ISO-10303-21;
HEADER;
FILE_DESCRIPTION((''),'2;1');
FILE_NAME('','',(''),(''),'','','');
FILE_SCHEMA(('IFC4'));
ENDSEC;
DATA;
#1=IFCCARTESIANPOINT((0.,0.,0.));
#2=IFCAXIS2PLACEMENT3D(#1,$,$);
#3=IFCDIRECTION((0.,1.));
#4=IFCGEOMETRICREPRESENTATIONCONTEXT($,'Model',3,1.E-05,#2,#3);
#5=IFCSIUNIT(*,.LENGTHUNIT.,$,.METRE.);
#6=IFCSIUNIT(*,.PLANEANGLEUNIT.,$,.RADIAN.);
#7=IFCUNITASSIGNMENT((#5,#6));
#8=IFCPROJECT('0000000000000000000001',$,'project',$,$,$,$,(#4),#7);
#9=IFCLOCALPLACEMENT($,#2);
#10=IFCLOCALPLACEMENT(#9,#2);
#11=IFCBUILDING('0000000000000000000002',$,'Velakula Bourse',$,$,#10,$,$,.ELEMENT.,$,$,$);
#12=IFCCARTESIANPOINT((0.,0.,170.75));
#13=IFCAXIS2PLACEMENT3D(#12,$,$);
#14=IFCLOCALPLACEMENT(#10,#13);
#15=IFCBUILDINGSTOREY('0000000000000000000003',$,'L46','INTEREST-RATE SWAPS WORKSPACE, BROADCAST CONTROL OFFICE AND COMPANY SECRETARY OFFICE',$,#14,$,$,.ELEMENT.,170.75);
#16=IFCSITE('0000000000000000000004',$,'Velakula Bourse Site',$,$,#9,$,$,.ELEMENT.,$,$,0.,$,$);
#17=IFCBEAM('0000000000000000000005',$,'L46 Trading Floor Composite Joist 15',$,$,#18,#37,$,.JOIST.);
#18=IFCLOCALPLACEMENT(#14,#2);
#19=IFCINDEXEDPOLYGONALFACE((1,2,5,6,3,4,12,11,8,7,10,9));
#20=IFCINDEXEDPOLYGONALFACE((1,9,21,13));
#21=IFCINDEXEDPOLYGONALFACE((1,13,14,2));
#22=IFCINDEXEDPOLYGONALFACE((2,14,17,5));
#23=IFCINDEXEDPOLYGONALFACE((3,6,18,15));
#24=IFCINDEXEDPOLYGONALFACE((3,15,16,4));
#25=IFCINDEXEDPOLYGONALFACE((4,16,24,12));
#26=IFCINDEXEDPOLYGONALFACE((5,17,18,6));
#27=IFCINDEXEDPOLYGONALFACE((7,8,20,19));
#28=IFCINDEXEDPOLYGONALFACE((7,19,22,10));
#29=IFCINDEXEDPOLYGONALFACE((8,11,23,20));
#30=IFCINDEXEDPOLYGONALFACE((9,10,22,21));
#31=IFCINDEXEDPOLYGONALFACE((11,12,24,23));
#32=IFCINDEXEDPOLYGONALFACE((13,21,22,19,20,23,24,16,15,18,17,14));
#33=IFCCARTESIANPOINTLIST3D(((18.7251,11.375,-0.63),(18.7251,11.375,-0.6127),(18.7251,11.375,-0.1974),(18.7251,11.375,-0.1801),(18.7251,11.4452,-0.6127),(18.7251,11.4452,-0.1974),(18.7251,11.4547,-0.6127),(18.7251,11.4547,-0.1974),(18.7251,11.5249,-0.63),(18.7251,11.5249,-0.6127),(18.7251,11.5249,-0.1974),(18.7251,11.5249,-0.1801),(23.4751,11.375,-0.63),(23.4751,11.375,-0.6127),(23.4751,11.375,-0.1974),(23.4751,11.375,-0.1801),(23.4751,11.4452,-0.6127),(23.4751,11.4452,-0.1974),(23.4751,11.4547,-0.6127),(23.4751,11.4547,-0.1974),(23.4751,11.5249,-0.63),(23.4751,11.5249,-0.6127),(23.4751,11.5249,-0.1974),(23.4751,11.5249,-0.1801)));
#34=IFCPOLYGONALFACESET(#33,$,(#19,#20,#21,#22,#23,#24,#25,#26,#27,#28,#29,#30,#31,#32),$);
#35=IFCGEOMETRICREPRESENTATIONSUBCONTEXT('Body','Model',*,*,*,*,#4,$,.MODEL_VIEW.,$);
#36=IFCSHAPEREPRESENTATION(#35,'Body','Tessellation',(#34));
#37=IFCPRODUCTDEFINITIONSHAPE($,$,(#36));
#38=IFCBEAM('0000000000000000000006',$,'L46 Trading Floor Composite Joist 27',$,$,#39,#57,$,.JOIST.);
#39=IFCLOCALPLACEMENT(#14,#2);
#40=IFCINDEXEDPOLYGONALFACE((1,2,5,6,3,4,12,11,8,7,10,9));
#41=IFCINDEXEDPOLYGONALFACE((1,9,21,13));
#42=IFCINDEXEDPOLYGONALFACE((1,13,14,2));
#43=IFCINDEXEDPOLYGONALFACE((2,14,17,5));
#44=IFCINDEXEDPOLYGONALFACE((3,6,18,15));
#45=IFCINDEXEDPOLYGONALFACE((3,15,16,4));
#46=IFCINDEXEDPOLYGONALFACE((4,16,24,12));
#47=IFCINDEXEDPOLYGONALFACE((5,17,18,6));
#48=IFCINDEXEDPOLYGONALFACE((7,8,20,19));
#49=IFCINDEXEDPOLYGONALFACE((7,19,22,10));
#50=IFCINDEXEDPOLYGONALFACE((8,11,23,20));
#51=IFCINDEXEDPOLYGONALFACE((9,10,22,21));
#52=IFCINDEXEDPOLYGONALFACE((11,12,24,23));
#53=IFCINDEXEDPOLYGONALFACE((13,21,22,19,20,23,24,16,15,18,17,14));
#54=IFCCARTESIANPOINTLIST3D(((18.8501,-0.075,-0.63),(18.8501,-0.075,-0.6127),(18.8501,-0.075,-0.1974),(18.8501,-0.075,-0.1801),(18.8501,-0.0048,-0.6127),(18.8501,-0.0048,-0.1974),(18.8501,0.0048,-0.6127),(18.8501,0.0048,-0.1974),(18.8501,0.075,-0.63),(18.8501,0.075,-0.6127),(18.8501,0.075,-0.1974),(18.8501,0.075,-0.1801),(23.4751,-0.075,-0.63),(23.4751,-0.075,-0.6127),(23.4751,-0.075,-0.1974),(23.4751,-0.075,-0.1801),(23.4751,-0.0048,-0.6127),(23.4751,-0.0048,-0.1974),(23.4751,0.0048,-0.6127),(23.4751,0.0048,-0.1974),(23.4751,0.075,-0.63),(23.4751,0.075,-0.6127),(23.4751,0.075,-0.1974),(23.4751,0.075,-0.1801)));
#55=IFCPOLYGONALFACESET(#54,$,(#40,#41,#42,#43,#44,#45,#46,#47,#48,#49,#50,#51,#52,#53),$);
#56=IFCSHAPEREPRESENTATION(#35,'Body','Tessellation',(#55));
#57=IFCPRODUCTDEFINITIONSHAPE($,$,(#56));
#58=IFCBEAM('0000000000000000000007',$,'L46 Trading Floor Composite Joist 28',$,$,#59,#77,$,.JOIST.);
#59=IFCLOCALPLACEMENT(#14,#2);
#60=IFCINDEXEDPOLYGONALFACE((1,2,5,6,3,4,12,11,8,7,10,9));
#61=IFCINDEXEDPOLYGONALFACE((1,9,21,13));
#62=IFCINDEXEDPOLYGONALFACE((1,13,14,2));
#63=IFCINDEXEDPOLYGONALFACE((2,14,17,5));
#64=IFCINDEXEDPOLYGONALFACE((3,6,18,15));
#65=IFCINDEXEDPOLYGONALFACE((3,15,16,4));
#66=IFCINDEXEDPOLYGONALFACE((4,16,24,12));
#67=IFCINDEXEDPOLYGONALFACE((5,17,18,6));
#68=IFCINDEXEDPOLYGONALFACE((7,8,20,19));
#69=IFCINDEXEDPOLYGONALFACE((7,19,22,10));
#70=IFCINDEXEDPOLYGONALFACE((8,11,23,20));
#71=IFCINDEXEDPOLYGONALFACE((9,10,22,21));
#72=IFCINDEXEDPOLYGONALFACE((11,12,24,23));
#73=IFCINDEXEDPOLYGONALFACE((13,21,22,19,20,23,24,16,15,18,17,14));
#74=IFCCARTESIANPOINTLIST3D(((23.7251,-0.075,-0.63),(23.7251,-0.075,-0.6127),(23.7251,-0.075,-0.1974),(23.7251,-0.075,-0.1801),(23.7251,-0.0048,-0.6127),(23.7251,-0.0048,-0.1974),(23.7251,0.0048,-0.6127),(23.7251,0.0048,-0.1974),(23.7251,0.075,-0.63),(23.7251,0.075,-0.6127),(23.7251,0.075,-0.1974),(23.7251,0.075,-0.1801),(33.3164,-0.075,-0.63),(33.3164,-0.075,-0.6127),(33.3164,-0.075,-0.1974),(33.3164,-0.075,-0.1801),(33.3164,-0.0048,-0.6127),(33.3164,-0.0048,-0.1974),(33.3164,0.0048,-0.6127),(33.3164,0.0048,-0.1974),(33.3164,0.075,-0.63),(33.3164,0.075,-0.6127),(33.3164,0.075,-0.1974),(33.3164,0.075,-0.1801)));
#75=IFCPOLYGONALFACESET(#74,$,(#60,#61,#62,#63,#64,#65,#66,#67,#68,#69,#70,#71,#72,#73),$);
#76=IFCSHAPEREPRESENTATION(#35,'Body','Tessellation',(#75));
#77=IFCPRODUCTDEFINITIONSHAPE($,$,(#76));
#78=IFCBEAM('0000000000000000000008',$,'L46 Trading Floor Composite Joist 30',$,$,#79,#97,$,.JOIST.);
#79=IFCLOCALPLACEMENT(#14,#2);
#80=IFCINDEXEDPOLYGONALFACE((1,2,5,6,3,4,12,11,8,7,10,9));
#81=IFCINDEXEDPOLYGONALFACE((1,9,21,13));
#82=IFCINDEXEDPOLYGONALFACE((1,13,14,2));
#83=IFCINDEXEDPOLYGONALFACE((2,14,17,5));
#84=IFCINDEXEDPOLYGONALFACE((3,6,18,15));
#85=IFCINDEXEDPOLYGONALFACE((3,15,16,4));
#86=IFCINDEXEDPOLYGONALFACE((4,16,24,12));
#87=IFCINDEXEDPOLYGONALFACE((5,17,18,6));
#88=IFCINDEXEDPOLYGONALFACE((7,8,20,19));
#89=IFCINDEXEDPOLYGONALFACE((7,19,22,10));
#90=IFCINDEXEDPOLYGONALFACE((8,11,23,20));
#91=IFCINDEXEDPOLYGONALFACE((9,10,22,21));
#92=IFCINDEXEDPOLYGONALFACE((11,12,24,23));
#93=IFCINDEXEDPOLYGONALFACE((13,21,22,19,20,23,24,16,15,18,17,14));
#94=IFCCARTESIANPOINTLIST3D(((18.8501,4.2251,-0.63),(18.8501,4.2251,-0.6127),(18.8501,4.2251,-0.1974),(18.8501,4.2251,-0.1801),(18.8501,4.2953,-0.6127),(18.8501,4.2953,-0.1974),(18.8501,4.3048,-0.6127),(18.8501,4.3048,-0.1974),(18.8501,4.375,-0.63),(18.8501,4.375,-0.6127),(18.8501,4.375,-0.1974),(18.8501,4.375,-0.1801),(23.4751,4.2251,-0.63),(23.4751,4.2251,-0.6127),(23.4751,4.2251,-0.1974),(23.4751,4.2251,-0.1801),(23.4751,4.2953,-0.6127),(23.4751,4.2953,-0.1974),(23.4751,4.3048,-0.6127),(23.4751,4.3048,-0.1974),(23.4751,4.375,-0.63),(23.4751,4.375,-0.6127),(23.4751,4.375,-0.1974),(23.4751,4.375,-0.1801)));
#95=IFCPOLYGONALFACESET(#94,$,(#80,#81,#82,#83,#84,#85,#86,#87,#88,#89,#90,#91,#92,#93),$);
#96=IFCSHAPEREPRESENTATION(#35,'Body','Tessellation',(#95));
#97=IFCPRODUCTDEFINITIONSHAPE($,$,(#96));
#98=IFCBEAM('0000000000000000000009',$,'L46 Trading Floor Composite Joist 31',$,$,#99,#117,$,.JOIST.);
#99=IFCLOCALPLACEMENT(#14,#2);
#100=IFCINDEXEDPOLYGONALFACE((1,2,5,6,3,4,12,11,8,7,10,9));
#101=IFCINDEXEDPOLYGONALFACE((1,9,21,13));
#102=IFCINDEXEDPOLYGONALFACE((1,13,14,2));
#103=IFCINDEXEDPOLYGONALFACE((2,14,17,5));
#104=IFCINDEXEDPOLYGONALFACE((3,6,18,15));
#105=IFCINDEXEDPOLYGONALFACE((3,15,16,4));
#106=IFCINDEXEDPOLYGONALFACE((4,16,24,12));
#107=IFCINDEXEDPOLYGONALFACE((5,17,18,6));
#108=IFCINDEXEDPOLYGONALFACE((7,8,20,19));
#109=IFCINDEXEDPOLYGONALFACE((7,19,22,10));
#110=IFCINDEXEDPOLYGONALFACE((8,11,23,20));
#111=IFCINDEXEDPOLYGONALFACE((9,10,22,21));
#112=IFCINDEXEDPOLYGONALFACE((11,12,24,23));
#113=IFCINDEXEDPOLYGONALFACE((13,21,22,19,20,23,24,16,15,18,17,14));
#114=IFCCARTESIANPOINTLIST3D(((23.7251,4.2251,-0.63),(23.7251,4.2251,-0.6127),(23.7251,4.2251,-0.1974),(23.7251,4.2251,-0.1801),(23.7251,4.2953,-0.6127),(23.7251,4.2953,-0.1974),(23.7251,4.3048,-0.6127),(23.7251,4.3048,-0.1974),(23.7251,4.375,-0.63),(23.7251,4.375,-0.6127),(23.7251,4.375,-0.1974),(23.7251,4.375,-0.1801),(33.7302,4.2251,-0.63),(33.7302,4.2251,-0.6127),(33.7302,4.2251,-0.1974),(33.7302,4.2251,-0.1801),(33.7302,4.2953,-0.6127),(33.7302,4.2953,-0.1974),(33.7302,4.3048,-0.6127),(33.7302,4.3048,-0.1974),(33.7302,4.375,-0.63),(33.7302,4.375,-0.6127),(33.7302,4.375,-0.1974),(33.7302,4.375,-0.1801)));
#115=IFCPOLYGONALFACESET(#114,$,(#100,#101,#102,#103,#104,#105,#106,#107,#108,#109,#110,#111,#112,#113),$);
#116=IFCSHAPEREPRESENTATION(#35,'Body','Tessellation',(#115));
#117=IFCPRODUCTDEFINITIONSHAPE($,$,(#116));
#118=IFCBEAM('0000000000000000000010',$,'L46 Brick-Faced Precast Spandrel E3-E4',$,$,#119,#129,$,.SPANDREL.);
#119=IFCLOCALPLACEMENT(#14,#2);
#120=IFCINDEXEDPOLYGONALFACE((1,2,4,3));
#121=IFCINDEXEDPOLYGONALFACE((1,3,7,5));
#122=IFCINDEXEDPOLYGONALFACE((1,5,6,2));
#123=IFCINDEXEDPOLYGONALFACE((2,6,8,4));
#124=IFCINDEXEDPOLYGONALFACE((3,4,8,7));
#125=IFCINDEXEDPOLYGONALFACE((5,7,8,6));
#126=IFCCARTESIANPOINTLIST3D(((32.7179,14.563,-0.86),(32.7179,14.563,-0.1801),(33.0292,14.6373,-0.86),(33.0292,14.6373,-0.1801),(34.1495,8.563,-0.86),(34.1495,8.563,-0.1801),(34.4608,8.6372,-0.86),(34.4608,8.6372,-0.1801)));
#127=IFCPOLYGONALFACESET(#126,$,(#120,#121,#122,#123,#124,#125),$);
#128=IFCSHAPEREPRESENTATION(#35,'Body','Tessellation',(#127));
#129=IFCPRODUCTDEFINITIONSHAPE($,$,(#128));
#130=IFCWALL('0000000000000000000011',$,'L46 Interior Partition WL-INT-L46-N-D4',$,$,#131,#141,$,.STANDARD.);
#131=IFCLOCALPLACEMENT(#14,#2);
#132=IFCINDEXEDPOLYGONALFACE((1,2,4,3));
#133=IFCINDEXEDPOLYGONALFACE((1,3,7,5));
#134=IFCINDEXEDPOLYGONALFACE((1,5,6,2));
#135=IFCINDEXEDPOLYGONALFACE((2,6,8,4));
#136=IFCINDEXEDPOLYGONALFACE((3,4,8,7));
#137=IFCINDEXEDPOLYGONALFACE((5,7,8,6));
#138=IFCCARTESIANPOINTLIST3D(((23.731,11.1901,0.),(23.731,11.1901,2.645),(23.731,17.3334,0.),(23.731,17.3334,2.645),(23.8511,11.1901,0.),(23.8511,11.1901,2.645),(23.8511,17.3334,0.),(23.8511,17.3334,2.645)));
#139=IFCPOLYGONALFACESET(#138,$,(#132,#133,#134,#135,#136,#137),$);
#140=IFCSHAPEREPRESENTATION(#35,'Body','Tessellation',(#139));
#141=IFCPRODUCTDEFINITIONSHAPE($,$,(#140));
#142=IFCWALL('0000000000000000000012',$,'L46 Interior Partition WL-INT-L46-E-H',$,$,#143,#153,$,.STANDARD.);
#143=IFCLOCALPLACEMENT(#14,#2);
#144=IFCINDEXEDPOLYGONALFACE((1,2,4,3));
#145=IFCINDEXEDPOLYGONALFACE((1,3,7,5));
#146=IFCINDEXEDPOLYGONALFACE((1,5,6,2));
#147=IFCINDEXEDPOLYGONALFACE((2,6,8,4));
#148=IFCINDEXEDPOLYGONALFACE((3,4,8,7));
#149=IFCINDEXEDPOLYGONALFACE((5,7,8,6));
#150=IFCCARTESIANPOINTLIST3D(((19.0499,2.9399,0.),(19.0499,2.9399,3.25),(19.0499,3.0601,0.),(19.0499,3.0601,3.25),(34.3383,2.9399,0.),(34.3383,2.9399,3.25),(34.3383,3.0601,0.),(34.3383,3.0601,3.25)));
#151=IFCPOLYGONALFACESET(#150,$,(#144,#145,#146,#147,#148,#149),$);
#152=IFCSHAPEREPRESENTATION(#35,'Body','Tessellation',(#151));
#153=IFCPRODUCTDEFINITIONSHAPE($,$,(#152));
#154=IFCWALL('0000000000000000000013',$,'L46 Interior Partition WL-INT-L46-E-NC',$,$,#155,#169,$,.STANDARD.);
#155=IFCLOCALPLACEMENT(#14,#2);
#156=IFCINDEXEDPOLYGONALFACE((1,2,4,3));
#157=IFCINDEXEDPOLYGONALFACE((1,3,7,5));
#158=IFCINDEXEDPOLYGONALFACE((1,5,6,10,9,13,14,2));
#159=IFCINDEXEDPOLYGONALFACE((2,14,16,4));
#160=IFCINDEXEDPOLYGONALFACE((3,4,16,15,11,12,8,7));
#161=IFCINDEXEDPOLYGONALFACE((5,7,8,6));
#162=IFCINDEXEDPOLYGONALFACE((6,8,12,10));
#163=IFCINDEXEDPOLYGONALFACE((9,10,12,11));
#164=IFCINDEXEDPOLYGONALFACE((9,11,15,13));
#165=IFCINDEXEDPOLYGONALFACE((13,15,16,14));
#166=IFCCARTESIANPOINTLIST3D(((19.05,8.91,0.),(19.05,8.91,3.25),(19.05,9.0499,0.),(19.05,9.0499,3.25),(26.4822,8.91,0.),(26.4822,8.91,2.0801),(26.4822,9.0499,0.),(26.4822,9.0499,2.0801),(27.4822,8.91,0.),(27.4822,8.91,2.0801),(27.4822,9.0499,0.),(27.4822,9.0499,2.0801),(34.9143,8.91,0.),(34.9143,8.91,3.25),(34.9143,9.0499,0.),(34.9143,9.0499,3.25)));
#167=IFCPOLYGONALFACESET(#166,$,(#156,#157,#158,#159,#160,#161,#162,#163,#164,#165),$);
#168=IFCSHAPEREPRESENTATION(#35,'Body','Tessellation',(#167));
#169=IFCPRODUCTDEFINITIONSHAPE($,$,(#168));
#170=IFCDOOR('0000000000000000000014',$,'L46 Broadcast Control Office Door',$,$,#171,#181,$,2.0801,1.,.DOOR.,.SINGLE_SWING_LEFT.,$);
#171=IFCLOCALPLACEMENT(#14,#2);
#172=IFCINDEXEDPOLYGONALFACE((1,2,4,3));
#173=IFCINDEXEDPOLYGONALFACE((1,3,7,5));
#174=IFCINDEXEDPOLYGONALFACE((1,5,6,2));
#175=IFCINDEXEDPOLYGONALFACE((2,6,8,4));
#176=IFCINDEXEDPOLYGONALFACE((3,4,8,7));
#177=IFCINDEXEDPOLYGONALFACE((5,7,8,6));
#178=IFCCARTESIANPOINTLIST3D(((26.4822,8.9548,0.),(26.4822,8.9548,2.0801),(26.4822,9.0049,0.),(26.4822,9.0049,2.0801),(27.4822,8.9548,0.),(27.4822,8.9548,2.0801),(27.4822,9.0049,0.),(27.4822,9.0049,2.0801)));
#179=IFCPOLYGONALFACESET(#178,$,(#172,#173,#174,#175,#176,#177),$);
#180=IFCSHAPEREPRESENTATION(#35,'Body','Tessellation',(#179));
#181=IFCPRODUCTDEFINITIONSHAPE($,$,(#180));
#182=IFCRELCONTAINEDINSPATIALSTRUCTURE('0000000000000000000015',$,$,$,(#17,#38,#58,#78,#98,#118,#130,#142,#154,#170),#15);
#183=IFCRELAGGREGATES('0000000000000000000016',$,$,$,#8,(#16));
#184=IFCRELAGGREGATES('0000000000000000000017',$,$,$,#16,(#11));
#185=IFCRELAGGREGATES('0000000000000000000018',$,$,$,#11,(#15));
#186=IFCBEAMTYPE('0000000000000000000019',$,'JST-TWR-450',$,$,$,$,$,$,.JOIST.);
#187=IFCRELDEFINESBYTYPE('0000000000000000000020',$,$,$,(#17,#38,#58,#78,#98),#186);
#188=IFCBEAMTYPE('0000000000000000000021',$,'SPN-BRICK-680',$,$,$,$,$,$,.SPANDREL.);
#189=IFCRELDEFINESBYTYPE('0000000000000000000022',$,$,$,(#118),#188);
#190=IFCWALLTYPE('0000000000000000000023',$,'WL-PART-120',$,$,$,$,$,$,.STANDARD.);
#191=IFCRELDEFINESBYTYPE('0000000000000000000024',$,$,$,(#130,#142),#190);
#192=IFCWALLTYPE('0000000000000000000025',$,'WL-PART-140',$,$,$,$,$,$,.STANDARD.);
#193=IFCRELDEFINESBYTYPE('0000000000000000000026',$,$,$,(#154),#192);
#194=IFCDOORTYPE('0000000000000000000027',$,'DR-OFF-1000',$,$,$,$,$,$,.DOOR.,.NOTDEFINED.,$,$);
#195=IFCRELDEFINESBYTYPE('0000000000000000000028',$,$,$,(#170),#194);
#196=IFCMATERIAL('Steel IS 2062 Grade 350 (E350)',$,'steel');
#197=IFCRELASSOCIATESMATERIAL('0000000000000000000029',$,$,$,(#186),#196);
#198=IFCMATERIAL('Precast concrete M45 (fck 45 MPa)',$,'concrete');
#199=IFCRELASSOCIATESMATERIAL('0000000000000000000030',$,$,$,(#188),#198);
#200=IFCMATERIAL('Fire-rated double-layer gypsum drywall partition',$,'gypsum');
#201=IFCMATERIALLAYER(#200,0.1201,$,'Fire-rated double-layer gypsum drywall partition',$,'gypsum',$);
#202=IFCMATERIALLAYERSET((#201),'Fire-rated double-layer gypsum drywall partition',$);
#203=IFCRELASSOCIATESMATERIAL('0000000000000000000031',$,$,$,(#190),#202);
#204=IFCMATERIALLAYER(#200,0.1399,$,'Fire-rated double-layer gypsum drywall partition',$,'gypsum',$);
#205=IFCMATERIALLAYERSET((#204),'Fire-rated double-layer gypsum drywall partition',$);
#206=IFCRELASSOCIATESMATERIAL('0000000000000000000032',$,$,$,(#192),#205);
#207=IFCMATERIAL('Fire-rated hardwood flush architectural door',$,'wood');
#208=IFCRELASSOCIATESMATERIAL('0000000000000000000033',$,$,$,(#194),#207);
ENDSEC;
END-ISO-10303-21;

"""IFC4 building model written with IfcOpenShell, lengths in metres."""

from ifc_helpers import new_model, si_unit, direction, frame, frame_2d, origin, origin_2d, place, context, subcontext, project, spatial, rectangle, i_section, extrude, material, layer, layer_set, material_profile, profile_set, type_object, element, fill, save


model = new_model("IFC4")

# Units and contexts
model_context = context("Model", 3, precision=1e-05, world=origin(), true_north=direction((0.0, 1.0)))
body_context = subcontext(model_context, "Body", "Model", "MODEL_VIEW")
ifc_project = project(units=[si_unit("LENGTHUNIT", "METRE"), si_unit("PLANEANGLEUNIT", "RADIAN")], contexts=[model_context])

# Site, building, storey
site_placement = place(None, origin())
site = spatial("IfcSite", under=ifc_project, at=site_placement, Name="Velakula Bourse Site", CompositionType="ELEMENT", RefElevation=0.0)
building_placement = place(site_placement, origin())
building = spatial("IfcBuilding", under=site, at=building_placement, Name="Velakula Bourse", CompositionType="ELEMENT")
storey_placement = place(building_placement, frame((0.0, 0.0, 170.75)))
storey = spatial("IfcBuildingStorey", under=building, at=storey_placement, Name="L46", Description="INTEREST-RATE SWAPS WORKSPACE, BROADCAST CONTROL OFFICE AND COMPANY SECRETARY OFFICE", CompositionType="ELEMENT", Elevation=170.75)

# Shared definitions
ifc_material_1 = material(Name="Steel IS 2062 Grade 350 (E350)", Category="steel")

# Beams
ifc_material_profile_1 = material_profile(ifc_material_1, i_section(OverallWidth=0.1499, OverallDepth=0.45, WebThickness=0.0095, FlangeThickness=0.0173, at=origin_2d()), Name="Steel IS 2062 Grade 350 (E350)")
ifc_profile_set_1 = profile_set([ifc_material_profile_1], Name="Steel IS 2062 Grade 350 (E350)")
beam_type_1 = type_object("IfcBeamType", Name="JST-TWR-450", PredefinedType="JOIST", material=ifc_profile_set_1)
beam_1_placement = place(storey_placement, frame((18.7251, 11.45, -0.405), z_axis=(1.0, 0.0, 0.0), x_axis=(0.0, 1.0, 0.0)))
element("IfcBeam", 1, at=beam_1_placement, inside=storey, type_object=beam_type_1, Name="L46 Trading Floor Composite Joist 15", PredefinedType="JOIST", context=body_context, shape_type="SweptSolid", body=[
    extrude(i_section(OverallWidth=0.1499, OverallDepth=0.45, WebThickness=0.0095, FlangeThickness=0.0173, at=origin_2d()), origin(), (0.0, 0.0, 1.0), 4.75),
])
beam_2_placement = place(storey_placement, frame((18.8501, 0.0, -0.405), z_axis=(1.0, 0.0, 0.0), x_axis=(0.0, 1.0, 0.0)))
element("IfcBeam", 2, at=beam_2_placement, inside=storey, type_object=beam_type_1, Name="L46 Trading Floor Composite Joist 27", PredefinedType="JOIST", context=body_context, shape_type="SweptSolid", body=[
    extrude(i_section(OverallWidth=0.1499, OverallDepth=0.45, WebThickness=0.0095, FlangeThickness=0.0173, at=origin_2d()), origin(), (0.0, 0.0, 1.0), 4.625),
])
beam_3_placement = place(storey_placement, frame((23.7251, 0.0, -0.405), z_axis=(1.0, 0.0, 0.0), x_axis=(0.0, 1.0, 0.0)))
element("IfcBeam", 3, at=beam_3_placement, inside=storey, type_object=beam_type_1, Name="L46 Trading Floor Composite Joist 28", PredefinedType="JOIST", context=body_context, shape_type="SweptSolid", body=[
    extrude(i_section(OverallWidth=0.1499, OverallDepth=0.45, WebThickness=0.0095, FlangeThickness=0.0173, at=origin_2d()), origin(), (0.0, 0.0, 1.0), 9.5913),
])
beam_4_placement = place(storey_placement, frame((18.8501, 4.3, -0.405), z_axis=(1.0, 0.0, 0.0), x_axis=(0.0, 1.0, 0.0)))
element("IfcBeam", 4, at=beam_4_placement, inside=storey, type_object=beam_type_1, Name="L46 Trading Floor Composite Joist 30", PredefinedType="JOIST", context=body_context, shape_type="SweptSolid", body=[
    extrude(i_section(OverallWidth=0.1499, OverallDepth=0.45, WebThickness=0.0095, FlangeThickness=0.0173, at=origin_2d()), origin(), (0.0, 0.0, 1.0), 4.625),
])
beam_5_placement = place(storey_placement, frame((23.7251, 4.3, -0.405), z_axis=(1.0, 0.0, 0.0), x_axis=(0.0, 1.0, 0.0)))
element("IfcBeam", 5, at=beam_5_placement, inside=storey, type_object=beam_type_1, Name="L46 Trading Floor Composite Joist 31", PredefinedType="JOIST", context=body_context, shape_type="SweptSolid", body=[
    extrude(i_section(OverallWidth=0.1499, OverallDepth=0.45, WebThickness=0.0095, FlangeThickness=0.0173, at=origin_2d()), origin(), (0.0, 0.0, 1.0), 10.0051),
])
ifc_material_2 = material(Name="Precast concrete M45 (fck 45 MPa)", Category="concrete")
ifc_material_profile_2 = material_profile(ifc_material_2, rectangle(XDim=0.3201, YDim=0.6799, at=origin_2d()), Name="Precast concrete M45 (fck 45 MPa)")
ifc_profile_set_2 = profile_set([ifc_material_profile_2], Name="Precast concrete M45 (fck 45 MPa)")
beam_type_2 = type_object("IfcBeamType", Name="SPN-BRICK-680", PredefinedType="SPANDREL", material=ifc_profile_set_2)
beam_6_placement = place(storey_placement, frame((34.3052, 8.6001, -0.52), z_axis=(-0.232091, 0.972694, 0.0), x_axis=(-0.972694, -0.232091, 0.0)))
element("IfcBeam", 6, at=beam_6_placement, inside=storey, type_object=beam_type_2, Name="L46 Brick-Faced Precast Spandrel E3-E4", PredefinedType="SPANDREL", context=body_context, shape_type="SweptSolid", body=[
    extrude(rectangle(XDim=0.3201, YDim=0.6799, at=origin_2d()), origin(), (0.0, 0.0, 1.0), 6.1685),
])

# Walls
ifc_material_3 = material(Name="Fire-rated double-layer gypsum drywall partition", Category="gypsum")
ifc_layer_1 = layer(ifc_material_3, 0.1201, Name="Fire-rated double-layer gypsum drywall partition", Category="gypsum")
ifc_layer_set_1 = layer_set([ifc_layer_1], Name="Fire-rated double-layer gypsum drywall partition")
wall_type_1 = type_object("IfcWallType", Name="WL-PART-120", PredefinedType="STANDARD", material=ifc_layer_set_1)
wall_1_placement = place(storey_placement, frame((23.791, 11.1899, 0.0), z_axis=(0.0, 0.0, 1.0), x_axis=(0.0, 1.0, 0.0)))
element("IfcWall", 7, at=wall_1_placement, inside=storey, type_object=wall_type_1, Name="L46 Interior Partition WL-INT-L46-N-D4", PredefinedType="STANDARD", context=body_context, shape_type="SweptSolid", body=[
    extrude(rectangle(XDim=6.1433, YDim=0.1201, at=frame_2d((3.0718, 0.0))), origin(), (0.0, 0.0, 1.0), 2.645),
])
wall_2_placement = place(storey_placement, frame((19.05, 3.0, 0.0), z_axis=(0.0, 0.0, 1.0), x_axis=(1.0, 0.0, 0.0)))
element("IfcWall", 8, at=wall_2_placement, inside=storey, type_object=wall_type_1, Name="L46 Interior Partition WL-INT-L46-E-H", PredefinedType="STANDARD", context=body_context, shape_type="SweptSolid", body=[
    extrude(rectangle(XDim=15.2883, YDim=0.1201, at=frame_2d((7.644, 0.0))), origin(), (0.0, 0.0, 1.0), 3.25),
])

# Wall, opening, door
ifc_layer_2 = layer(ifc_material_3, 0.1399, Name="Fire-rated double-layer gypsum drywall partition", Category="gypsum")
ifc_layer_set_2 = layer_set([ifc_layer_2], Name="Fire-rated double-layer gypsum drywall partition")
wall_type_2 = type_object("IfcWallType", Name="WL-PART-140", PredefinedType="STANDARD", material=ifc_layer_set_2)
wall_3_placement = place(storey_placement, frame((19.05, 8.98, 0.0), z_axis=(0.0, 0.0, 1.0), x_axis=(1.0, 0.0, 0.0)))
wall_3 = element("IfcWall", 9, at=wall_3_placement, inside=storey, type_object=wall_type_2, Name="L46 Interior Partition WL-INT-L46-E-NC", PredefinedType="STANDARD", context=body_context, shape_type="SweptSolid", body=[
    extrude(rectangle(XDim=15.8643, YDim=0.1399, at=frame_2d((7.9321, 0.0))), origin(), (0.0, 0.0, 1.0), 3.25),
])
opening_placement = place(wall_3_placement, frame((7.4321, 0.0, 0.0)))
opening = element("IfcOpeningElement", 10, at=opening_placement, cuts=wall_3, PredefinedType="OPENING", context=body_context, shape_type="SweptSolid", body=[
    extrude(rectangle(XDim=1.0, YDim=2.0801, at=frame_2d((0.5, 1.04))), frame((0.0, 0.0798, 0.0), z_axis=(0.0, -1.0, 0.0), x_axis=(1.0, 0.0, 0.0)), (0.0, 0.0, 1.0), 0.1599),
])
ifc_material_4 = material(Name="Fire-rated hardwood flush architectural door", Category="wood")
door_type = type_object("IfcDoorType", Name="DR-OFF-1000", OperationType="NOTDEFINED", PredefinedType="DOOR", material=ifc_material_4)
door_placement = place(opening_placement, origin())
door = element("IfcDoor", 11, at=door_placement, inside=storey, type_object=door_type, Name="L46 Broadcast Control Office Door", OperationType="SINGLE_SWING_LEFT", OverallHeight=2.0801, OverallWidth=1.0, PredefinedType="DOOR", context=body_context, shape_type="SweptSolid", body=[
    extrude(rectangle(XDim=1.0, YDim=2.0801, at=frame_2d((0.5, 1.04))), frame((0.0, 0.0249, 0.0), z_axis=(0.0, -1.0, 0.0), x_axis=(1.0, 0.0, 0.0)), (0.0, 0.0, 1.0), 0.05),
])
fill(opening, door)

save(model, "model.ifc")
